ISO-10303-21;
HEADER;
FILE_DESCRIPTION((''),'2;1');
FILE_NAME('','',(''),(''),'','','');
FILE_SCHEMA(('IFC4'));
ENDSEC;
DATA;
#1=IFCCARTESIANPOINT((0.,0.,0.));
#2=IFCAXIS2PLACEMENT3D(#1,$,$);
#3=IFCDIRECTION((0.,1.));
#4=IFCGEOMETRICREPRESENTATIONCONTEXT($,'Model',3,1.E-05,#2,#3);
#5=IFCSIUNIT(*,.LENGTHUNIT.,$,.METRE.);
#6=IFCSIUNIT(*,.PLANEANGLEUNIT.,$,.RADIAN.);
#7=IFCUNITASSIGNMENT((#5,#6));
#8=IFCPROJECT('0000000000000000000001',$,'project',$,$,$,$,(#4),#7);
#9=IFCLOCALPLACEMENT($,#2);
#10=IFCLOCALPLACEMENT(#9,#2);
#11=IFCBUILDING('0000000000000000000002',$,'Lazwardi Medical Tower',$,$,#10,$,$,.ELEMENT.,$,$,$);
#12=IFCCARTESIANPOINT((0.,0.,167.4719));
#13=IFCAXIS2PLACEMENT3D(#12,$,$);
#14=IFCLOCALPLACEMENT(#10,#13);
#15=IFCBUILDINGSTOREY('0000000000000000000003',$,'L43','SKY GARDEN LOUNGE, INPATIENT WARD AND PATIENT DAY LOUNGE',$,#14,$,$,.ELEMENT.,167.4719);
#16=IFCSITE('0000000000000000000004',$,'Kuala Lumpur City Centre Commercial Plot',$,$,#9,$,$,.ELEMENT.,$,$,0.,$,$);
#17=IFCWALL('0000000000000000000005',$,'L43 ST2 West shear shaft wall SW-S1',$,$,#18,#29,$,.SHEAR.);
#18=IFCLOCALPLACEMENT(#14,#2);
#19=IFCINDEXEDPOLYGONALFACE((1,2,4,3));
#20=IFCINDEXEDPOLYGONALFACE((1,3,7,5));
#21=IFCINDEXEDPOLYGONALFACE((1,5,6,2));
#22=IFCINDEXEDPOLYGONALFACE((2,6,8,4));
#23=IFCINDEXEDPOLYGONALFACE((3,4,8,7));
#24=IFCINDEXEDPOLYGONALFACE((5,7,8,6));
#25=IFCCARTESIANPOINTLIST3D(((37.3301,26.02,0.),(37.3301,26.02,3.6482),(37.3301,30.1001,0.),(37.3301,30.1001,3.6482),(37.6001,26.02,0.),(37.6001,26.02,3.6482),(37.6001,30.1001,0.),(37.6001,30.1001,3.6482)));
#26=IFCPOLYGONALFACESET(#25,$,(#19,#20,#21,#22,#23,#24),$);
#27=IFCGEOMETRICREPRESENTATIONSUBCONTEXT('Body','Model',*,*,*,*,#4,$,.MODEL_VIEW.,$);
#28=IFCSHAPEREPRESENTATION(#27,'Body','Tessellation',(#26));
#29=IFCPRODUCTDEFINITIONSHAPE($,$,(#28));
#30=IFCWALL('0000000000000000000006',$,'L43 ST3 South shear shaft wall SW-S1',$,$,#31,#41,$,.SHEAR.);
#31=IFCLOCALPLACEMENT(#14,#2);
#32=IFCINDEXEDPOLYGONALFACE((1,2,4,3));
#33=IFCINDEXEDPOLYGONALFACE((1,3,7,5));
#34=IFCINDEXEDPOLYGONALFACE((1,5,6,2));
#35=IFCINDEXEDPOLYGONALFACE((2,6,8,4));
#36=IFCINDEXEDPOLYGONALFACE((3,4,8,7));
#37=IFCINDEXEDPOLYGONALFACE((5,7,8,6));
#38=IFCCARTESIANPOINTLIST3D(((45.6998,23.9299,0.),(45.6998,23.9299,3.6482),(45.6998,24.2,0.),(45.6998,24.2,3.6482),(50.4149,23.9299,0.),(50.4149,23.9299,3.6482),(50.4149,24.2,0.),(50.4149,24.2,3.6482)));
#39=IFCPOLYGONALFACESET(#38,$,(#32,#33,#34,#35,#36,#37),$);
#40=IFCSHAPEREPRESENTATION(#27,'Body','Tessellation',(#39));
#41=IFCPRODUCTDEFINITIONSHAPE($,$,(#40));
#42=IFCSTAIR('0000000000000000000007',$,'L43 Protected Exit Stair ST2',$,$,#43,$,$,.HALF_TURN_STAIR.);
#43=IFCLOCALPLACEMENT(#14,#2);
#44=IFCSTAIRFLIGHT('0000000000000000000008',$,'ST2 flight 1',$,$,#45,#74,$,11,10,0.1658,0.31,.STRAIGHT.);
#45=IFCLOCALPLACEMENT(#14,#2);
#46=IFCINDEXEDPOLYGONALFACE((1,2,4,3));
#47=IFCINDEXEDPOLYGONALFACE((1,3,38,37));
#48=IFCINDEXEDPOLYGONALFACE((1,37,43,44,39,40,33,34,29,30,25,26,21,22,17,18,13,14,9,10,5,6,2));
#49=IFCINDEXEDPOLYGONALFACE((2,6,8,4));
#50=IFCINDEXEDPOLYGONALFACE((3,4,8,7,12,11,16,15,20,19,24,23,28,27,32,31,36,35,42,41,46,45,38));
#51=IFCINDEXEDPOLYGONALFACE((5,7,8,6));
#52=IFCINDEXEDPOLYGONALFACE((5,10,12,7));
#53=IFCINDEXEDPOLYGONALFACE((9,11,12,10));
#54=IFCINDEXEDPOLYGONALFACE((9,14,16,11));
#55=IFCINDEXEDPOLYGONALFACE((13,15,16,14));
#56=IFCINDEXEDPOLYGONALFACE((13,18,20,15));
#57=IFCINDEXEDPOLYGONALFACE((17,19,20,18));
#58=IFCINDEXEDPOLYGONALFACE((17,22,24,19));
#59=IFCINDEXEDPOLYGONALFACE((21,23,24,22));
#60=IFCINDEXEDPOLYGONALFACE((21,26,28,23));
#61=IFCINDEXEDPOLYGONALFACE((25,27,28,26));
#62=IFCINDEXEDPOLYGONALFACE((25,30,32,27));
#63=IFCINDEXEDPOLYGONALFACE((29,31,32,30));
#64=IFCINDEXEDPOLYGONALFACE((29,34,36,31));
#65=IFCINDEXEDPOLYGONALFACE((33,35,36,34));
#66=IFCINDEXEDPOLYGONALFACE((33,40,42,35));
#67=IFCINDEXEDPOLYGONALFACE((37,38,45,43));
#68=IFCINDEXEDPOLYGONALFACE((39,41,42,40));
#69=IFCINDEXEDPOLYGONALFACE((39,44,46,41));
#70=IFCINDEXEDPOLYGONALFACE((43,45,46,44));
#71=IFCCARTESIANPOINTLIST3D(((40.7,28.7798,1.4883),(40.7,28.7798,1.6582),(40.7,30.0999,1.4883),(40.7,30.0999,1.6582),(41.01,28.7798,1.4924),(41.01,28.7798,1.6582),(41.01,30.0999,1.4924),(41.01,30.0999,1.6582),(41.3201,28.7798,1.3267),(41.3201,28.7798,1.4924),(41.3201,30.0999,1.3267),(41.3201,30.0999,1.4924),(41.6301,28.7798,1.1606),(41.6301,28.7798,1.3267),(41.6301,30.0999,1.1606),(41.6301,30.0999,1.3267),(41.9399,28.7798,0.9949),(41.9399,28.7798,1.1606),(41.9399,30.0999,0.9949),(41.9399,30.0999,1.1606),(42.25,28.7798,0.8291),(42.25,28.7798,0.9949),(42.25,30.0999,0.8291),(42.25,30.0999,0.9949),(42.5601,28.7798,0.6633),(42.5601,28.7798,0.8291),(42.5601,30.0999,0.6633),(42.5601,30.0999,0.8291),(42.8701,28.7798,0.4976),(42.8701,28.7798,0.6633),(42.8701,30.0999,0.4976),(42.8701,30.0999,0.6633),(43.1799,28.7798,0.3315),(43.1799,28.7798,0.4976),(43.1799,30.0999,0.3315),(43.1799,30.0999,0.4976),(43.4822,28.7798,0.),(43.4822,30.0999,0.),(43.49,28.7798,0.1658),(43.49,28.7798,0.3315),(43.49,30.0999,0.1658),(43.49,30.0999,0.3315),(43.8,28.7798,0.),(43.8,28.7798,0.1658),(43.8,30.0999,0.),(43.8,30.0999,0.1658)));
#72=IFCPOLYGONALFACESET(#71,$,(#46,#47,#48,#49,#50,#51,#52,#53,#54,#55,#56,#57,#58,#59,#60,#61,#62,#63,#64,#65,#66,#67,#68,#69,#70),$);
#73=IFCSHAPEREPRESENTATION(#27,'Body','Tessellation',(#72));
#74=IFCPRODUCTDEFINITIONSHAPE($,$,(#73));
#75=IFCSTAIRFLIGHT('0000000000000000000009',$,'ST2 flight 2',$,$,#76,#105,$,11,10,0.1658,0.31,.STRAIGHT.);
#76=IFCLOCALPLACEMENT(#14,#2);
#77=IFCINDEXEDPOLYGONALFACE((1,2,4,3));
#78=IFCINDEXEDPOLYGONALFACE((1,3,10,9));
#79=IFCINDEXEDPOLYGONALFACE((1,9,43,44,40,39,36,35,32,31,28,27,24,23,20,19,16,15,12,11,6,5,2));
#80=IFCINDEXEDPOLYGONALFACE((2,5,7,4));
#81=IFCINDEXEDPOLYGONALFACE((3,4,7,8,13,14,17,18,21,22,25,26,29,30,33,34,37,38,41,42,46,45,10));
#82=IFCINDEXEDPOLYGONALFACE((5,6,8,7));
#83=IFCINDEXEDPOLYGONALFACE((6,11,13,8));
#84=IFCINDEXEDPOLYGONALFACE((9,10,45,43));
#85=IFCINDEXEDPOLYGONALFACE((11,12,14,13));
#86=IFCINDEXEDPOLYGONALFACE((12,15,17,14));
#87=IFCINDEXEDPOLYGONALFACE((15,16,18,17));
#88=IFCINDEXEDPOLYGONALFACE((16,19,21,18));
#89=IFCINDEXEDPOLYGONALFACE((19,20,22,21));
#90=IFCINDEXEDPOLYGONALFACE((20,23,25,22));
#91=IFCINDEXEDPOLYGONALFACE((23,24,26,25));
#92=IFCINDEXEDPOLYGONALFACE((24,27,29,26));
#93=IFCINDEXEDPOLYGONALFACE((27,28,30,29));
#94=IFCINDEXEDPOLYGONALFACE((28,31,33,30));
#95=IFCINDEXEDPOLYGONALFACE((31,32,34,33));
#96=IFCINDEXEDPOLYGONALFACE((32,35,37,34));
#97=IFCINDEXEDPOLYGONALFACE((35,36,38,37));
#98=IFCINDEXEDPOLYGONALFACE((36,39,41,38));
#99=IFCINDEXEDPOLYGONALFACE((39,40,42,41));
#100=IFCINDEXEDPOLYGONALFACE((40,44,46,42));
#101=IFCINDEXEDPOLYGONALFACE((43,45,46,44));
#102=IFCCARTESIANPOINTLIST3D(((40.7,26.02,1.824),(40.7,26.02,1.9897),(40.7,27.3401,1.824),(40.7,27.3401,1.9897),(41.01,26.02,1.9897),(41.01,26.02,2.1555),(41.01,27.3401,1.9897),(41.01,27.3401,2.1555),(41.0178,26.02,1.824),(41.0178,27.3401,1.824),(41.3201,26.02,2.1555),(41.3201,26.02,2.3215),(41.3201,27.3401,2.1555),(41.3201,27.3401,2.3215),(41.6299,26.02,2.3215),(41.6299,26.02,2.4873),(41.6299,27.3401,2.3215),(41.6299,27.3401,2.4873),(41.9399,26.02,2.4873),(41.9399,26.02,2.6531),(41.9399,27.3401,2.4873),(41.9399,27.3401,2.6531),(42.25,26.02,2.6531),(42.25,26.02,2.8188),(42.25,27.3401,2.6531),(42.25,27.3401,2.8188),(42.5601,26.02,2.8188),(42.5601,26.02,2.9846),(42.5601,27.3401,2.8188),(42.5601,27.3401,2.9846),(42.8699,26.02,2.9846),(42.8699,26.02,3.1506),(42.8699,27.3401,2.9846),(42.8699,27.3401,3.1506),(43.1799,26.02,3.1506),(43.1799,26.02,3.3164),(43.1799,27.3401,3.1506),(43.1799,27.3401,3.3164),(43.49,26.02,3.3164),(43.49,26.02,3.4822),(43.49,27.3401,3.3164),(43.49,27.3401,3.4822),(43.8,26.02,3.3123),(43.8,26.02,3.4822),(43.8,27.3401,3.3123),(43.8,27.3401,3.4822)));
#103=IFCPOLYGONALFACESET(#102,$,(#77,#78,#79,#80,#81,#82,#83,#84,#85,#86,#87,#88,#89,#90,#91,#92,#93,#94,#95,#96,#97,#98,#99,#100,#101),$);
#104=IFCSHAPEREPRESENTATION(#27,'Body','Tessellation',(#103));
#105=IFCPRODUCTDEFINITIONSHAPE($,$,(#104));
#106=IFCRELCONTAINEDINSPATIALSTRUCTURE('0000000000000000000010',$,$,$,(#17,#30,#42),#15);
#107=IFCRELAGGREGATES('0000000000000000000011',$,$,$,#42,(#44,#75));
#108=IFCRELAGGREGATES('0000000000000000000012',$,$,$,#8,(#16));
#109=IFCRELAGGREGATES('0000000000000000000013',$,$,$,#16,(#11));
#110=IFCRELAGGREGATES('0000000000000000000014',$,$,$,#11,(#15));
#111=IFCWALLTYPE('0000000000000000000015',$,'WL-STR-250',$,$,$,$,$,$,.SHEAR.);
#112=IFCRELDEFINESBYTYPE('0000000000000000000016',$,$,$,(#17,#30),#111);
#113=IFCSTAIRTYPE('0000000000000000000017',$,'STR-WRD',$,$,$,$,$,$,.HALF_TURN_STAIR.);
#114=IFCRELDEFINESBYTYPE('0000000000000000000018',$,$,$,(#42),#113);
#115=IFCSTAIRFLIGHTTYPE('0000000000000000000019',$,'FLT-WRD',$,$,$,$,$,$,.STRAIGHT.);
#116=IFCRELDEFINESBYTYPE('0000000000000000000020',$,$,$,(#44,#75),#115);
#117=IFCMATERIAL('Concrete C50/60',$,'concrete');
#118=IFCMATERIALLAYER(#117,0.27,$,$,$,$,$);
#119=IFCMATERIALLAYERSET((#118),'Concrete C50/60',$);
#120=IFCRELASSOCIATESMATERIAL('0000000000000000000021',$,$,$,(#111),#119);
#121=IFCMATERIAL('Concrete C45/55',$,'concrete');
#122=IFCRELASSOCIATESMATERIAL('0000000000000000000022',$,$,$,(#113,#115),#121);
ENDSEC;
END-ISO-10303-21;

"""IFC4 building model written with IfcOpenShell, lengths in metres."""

from ifc_helpers import new_model, si_unit, direction, frame, frame_2d, origin, place, context, subcontext, project, spatial, polyline, rectangle, outline, extrude, material, layer, layer_set, type_object, element, aggregate, save


model = new_model("IFC4")

# Units and contexts
model_context = context("Model", 3, precision=1e-05, world=origin(), true_north=direction((0.0, 1.0)))
body_context = subcontext(model_context, "Body", "Model", "MODEL_VIEW")
ifc_project = project(units=[si_unit("LENGTHUNIT", "METRE"), si_unit("PLANEANGLEUNIT", "RADIAN")], contexts=[model_context])

# Site, building, storey
site_placement = place(None, origin())
site = spatial("IfcSite", under=ifc_project, at=site_placement, Name="Kuala Lumpur City Centre Commercial Plot", CompositionType="ELEMENT", RefElevation=0.0)
building_placement = place(site_placement, origin())
building = spatial("IfcBuilding", under=site, at=building_placement, Name="Lazwardi Medical Tower", CompositionType="ELEMENT")
storey_placement = place(building_placement, frame((0.0, 0.0, 167.4719)))
storey = spatial("IfcBuildingStorey", under=building, at=storey_placement, Name="L43", Description="SKY GARDEN LOUNGE, INPATIENT WARD AND PATIENT DAY LOUNGE", CompositionType="ELEMENT", Elevation=167.4719)

# Shared definitions
ifc_material_1 = material(Name="Concrete C50/60", Category="concrete")
ifc_layer_1 = layer(ifc_material_1, 0.27)
ifc_layer_set_1 = layer_set([ifc_layer_1], Name="Concrete C50/60")
wall_type_1 = type_object("IfcWallType", Name="WL-STR-250", PredefinedType="SHEAR", material=ifc_layer_set_1)

# Walls
wall_1_placement = place(storey_placement, frame((37.4651, 26.02, 0.0), z_axis=(0.0, 0.0, 1.0), x_axis=(0.0, 1.0, 0.0)))
element("IfcWall", 1, at=wall_1_placement, inside=storey, type_object=wall_type_1, Name="L43 ST2 West shear shaft wall SW-S1", PredefinedType="SHEAR", context=body_context, shape_type="SweptSolid", body=[
    extrude(rectangle(XDim=4.0801, YDim=0.27, at=frame_2d((2.04, 0.0))), origin(), (0.0, 0.0, 1.0), 3.6482),
])
wall_2_placement = place(storey_placement, frame((45.7, 24.0649, 0.0), z_axis=(0.0, 0.0, 1.0), x_axis=(1.0, 0.0, 0.0)))
element("IfcWall", 2, at=wall_2_placement, inside=storey, type_object=wall_type_1, Name="L43 ST3 South shear shaft wall SW-S1", PredefinedType="SHEAR", context=body_context, shape_type="SweptSolid", body=[
    extrude(rectangle(XDim=4.7151, YDim=0.27, at=frame_2d((2.3574, 0.0))), origin(), (0.0, 0.0, 1.0), 3.6482),
])

# Stair, stair flights
ifc_material_2 = material(Name="Concrete C45/55", Category="concrete")
stair_type = type_object("IfcStairType", Name="STR-WRD", PredefinedType="HALF_TURN_STAIR", material=ifc_material_2)
stair_placement = place(storey_placement, origin())
stair = element("IfcStair", 3, at=stair_placement, inside=storey, type_object=stair_type, Name="L43 Protected Exit Stair ST2", PredefinedType="HALF_TURN_STAIR")
stair_flight_type = type_object("IfcStairFlightType", Name="FLT-WRD", PredefinedType="STRAIGHT", material=ifc_material_2)
stair_flight_1_placement = place(storey_placement, frame((43.8, 29.4399, 0.0), z_axis=(0.0, 0.0, 1.0), x_axis=(-1.0, 0.0, 0.0)))
stair_flight_1 = element("IfcStairFlight", 4, at=stair_flight_1_placement, type_object=stair_flight_type, Name="ST2 flight 1", NumberOfRisers=11, NumberOfTreads=10, PredefinedType="STRAIGHT", RiserHeight=0.1658, TreadLength=0.31, context=body_context, shape_type="SweptSolid", body=[
    extrude(outline(polyline([(0.0, 0.0), (0.0, 0.1658), (0.3101, 0.1658), (0.3101, 0.3315), (0.6201, 0.3315), (0.6201, 0.4976), (0.9299, 0.4976), (0.9299, 0.6633), (1.24, 0.6633), (1.24, 0.8291), (1.55, 0.8291), (1.55, 0.9949), (1.8601, 0.9949), (1.8601, 1.1606), (2.1699, 1.1606), (2.1699, 1.3267), (2.48, 1.3267), (2.48, 1.4924), (2.79, 1.4924), (2.79, 1.6582), (3.1001, 1.6582), (3.1001, 1.824), (3.1001, 1.4883), (0.3179, 0.0), (0.0, 0.0)])), frame((0.0, 0.6602, 0.0), z_axis=(0.0, -1.0, 0.0), x_axis=(1.0, 0.0, 0.0)), (0.0, 0.0, 1.0), 1.3201),
])
stair_flight_2_placement = place(storey_placement, frame((40.7, 26.6799, 1.824), z_axis=(0.0, 0.0, 1.0), x_axis=(1.0, 0.0, 0.0)))
stair_flight_2 = element("IfcStairFlight", 5, at=stair_flight_2_placement, type_object=stair_flight_type, Name="ST2 flight 2", NumberOfRisers=11, NumberOfTreads=10, PredefinedType="STRAIGHT", RiserHeight=0.1658, TreadLength=0.31, context=body_context, shape_type="SweptSolid", body=[
    extrude(outline(polyline([(0.0, 0.0), (0.0, 0.1658), (0.3101, 0.1658), (0.3101, 0.3315), (0.6201, 0.3315), (0.6201, 0.4976), (0.9299, 0.4976), (0.9299, 0.6633), (1.24, 0.6633), (1.24, 0.8291), (1.55, 0.8291), (1.55, 0.9949), (1.8601, 0.9949), (1.8601, 1.1606), (2.1699, 1.1606), (2.1699, 1.3267), (2.48, 1.3267), (2.48, 1.4924), (2.79, 1.4924), (2.79, 1.6582), (3.1001, 1.6582), (3.1001, 1.824), (3.1001, 1.4883), (0.3179, 0.0), (0.0, 0.0)])), frame((0.0, 0.6602, 0.0), z_axis=(0.0, -1.0, 0.0), x_axis=(1.0, 0.0, 0.0)), (0.0, 0.0, 1.0), 1.3201),
])
aggregate(stair, [stair_flight_1, stair_flight_2])

save(model, "model.ifc")
